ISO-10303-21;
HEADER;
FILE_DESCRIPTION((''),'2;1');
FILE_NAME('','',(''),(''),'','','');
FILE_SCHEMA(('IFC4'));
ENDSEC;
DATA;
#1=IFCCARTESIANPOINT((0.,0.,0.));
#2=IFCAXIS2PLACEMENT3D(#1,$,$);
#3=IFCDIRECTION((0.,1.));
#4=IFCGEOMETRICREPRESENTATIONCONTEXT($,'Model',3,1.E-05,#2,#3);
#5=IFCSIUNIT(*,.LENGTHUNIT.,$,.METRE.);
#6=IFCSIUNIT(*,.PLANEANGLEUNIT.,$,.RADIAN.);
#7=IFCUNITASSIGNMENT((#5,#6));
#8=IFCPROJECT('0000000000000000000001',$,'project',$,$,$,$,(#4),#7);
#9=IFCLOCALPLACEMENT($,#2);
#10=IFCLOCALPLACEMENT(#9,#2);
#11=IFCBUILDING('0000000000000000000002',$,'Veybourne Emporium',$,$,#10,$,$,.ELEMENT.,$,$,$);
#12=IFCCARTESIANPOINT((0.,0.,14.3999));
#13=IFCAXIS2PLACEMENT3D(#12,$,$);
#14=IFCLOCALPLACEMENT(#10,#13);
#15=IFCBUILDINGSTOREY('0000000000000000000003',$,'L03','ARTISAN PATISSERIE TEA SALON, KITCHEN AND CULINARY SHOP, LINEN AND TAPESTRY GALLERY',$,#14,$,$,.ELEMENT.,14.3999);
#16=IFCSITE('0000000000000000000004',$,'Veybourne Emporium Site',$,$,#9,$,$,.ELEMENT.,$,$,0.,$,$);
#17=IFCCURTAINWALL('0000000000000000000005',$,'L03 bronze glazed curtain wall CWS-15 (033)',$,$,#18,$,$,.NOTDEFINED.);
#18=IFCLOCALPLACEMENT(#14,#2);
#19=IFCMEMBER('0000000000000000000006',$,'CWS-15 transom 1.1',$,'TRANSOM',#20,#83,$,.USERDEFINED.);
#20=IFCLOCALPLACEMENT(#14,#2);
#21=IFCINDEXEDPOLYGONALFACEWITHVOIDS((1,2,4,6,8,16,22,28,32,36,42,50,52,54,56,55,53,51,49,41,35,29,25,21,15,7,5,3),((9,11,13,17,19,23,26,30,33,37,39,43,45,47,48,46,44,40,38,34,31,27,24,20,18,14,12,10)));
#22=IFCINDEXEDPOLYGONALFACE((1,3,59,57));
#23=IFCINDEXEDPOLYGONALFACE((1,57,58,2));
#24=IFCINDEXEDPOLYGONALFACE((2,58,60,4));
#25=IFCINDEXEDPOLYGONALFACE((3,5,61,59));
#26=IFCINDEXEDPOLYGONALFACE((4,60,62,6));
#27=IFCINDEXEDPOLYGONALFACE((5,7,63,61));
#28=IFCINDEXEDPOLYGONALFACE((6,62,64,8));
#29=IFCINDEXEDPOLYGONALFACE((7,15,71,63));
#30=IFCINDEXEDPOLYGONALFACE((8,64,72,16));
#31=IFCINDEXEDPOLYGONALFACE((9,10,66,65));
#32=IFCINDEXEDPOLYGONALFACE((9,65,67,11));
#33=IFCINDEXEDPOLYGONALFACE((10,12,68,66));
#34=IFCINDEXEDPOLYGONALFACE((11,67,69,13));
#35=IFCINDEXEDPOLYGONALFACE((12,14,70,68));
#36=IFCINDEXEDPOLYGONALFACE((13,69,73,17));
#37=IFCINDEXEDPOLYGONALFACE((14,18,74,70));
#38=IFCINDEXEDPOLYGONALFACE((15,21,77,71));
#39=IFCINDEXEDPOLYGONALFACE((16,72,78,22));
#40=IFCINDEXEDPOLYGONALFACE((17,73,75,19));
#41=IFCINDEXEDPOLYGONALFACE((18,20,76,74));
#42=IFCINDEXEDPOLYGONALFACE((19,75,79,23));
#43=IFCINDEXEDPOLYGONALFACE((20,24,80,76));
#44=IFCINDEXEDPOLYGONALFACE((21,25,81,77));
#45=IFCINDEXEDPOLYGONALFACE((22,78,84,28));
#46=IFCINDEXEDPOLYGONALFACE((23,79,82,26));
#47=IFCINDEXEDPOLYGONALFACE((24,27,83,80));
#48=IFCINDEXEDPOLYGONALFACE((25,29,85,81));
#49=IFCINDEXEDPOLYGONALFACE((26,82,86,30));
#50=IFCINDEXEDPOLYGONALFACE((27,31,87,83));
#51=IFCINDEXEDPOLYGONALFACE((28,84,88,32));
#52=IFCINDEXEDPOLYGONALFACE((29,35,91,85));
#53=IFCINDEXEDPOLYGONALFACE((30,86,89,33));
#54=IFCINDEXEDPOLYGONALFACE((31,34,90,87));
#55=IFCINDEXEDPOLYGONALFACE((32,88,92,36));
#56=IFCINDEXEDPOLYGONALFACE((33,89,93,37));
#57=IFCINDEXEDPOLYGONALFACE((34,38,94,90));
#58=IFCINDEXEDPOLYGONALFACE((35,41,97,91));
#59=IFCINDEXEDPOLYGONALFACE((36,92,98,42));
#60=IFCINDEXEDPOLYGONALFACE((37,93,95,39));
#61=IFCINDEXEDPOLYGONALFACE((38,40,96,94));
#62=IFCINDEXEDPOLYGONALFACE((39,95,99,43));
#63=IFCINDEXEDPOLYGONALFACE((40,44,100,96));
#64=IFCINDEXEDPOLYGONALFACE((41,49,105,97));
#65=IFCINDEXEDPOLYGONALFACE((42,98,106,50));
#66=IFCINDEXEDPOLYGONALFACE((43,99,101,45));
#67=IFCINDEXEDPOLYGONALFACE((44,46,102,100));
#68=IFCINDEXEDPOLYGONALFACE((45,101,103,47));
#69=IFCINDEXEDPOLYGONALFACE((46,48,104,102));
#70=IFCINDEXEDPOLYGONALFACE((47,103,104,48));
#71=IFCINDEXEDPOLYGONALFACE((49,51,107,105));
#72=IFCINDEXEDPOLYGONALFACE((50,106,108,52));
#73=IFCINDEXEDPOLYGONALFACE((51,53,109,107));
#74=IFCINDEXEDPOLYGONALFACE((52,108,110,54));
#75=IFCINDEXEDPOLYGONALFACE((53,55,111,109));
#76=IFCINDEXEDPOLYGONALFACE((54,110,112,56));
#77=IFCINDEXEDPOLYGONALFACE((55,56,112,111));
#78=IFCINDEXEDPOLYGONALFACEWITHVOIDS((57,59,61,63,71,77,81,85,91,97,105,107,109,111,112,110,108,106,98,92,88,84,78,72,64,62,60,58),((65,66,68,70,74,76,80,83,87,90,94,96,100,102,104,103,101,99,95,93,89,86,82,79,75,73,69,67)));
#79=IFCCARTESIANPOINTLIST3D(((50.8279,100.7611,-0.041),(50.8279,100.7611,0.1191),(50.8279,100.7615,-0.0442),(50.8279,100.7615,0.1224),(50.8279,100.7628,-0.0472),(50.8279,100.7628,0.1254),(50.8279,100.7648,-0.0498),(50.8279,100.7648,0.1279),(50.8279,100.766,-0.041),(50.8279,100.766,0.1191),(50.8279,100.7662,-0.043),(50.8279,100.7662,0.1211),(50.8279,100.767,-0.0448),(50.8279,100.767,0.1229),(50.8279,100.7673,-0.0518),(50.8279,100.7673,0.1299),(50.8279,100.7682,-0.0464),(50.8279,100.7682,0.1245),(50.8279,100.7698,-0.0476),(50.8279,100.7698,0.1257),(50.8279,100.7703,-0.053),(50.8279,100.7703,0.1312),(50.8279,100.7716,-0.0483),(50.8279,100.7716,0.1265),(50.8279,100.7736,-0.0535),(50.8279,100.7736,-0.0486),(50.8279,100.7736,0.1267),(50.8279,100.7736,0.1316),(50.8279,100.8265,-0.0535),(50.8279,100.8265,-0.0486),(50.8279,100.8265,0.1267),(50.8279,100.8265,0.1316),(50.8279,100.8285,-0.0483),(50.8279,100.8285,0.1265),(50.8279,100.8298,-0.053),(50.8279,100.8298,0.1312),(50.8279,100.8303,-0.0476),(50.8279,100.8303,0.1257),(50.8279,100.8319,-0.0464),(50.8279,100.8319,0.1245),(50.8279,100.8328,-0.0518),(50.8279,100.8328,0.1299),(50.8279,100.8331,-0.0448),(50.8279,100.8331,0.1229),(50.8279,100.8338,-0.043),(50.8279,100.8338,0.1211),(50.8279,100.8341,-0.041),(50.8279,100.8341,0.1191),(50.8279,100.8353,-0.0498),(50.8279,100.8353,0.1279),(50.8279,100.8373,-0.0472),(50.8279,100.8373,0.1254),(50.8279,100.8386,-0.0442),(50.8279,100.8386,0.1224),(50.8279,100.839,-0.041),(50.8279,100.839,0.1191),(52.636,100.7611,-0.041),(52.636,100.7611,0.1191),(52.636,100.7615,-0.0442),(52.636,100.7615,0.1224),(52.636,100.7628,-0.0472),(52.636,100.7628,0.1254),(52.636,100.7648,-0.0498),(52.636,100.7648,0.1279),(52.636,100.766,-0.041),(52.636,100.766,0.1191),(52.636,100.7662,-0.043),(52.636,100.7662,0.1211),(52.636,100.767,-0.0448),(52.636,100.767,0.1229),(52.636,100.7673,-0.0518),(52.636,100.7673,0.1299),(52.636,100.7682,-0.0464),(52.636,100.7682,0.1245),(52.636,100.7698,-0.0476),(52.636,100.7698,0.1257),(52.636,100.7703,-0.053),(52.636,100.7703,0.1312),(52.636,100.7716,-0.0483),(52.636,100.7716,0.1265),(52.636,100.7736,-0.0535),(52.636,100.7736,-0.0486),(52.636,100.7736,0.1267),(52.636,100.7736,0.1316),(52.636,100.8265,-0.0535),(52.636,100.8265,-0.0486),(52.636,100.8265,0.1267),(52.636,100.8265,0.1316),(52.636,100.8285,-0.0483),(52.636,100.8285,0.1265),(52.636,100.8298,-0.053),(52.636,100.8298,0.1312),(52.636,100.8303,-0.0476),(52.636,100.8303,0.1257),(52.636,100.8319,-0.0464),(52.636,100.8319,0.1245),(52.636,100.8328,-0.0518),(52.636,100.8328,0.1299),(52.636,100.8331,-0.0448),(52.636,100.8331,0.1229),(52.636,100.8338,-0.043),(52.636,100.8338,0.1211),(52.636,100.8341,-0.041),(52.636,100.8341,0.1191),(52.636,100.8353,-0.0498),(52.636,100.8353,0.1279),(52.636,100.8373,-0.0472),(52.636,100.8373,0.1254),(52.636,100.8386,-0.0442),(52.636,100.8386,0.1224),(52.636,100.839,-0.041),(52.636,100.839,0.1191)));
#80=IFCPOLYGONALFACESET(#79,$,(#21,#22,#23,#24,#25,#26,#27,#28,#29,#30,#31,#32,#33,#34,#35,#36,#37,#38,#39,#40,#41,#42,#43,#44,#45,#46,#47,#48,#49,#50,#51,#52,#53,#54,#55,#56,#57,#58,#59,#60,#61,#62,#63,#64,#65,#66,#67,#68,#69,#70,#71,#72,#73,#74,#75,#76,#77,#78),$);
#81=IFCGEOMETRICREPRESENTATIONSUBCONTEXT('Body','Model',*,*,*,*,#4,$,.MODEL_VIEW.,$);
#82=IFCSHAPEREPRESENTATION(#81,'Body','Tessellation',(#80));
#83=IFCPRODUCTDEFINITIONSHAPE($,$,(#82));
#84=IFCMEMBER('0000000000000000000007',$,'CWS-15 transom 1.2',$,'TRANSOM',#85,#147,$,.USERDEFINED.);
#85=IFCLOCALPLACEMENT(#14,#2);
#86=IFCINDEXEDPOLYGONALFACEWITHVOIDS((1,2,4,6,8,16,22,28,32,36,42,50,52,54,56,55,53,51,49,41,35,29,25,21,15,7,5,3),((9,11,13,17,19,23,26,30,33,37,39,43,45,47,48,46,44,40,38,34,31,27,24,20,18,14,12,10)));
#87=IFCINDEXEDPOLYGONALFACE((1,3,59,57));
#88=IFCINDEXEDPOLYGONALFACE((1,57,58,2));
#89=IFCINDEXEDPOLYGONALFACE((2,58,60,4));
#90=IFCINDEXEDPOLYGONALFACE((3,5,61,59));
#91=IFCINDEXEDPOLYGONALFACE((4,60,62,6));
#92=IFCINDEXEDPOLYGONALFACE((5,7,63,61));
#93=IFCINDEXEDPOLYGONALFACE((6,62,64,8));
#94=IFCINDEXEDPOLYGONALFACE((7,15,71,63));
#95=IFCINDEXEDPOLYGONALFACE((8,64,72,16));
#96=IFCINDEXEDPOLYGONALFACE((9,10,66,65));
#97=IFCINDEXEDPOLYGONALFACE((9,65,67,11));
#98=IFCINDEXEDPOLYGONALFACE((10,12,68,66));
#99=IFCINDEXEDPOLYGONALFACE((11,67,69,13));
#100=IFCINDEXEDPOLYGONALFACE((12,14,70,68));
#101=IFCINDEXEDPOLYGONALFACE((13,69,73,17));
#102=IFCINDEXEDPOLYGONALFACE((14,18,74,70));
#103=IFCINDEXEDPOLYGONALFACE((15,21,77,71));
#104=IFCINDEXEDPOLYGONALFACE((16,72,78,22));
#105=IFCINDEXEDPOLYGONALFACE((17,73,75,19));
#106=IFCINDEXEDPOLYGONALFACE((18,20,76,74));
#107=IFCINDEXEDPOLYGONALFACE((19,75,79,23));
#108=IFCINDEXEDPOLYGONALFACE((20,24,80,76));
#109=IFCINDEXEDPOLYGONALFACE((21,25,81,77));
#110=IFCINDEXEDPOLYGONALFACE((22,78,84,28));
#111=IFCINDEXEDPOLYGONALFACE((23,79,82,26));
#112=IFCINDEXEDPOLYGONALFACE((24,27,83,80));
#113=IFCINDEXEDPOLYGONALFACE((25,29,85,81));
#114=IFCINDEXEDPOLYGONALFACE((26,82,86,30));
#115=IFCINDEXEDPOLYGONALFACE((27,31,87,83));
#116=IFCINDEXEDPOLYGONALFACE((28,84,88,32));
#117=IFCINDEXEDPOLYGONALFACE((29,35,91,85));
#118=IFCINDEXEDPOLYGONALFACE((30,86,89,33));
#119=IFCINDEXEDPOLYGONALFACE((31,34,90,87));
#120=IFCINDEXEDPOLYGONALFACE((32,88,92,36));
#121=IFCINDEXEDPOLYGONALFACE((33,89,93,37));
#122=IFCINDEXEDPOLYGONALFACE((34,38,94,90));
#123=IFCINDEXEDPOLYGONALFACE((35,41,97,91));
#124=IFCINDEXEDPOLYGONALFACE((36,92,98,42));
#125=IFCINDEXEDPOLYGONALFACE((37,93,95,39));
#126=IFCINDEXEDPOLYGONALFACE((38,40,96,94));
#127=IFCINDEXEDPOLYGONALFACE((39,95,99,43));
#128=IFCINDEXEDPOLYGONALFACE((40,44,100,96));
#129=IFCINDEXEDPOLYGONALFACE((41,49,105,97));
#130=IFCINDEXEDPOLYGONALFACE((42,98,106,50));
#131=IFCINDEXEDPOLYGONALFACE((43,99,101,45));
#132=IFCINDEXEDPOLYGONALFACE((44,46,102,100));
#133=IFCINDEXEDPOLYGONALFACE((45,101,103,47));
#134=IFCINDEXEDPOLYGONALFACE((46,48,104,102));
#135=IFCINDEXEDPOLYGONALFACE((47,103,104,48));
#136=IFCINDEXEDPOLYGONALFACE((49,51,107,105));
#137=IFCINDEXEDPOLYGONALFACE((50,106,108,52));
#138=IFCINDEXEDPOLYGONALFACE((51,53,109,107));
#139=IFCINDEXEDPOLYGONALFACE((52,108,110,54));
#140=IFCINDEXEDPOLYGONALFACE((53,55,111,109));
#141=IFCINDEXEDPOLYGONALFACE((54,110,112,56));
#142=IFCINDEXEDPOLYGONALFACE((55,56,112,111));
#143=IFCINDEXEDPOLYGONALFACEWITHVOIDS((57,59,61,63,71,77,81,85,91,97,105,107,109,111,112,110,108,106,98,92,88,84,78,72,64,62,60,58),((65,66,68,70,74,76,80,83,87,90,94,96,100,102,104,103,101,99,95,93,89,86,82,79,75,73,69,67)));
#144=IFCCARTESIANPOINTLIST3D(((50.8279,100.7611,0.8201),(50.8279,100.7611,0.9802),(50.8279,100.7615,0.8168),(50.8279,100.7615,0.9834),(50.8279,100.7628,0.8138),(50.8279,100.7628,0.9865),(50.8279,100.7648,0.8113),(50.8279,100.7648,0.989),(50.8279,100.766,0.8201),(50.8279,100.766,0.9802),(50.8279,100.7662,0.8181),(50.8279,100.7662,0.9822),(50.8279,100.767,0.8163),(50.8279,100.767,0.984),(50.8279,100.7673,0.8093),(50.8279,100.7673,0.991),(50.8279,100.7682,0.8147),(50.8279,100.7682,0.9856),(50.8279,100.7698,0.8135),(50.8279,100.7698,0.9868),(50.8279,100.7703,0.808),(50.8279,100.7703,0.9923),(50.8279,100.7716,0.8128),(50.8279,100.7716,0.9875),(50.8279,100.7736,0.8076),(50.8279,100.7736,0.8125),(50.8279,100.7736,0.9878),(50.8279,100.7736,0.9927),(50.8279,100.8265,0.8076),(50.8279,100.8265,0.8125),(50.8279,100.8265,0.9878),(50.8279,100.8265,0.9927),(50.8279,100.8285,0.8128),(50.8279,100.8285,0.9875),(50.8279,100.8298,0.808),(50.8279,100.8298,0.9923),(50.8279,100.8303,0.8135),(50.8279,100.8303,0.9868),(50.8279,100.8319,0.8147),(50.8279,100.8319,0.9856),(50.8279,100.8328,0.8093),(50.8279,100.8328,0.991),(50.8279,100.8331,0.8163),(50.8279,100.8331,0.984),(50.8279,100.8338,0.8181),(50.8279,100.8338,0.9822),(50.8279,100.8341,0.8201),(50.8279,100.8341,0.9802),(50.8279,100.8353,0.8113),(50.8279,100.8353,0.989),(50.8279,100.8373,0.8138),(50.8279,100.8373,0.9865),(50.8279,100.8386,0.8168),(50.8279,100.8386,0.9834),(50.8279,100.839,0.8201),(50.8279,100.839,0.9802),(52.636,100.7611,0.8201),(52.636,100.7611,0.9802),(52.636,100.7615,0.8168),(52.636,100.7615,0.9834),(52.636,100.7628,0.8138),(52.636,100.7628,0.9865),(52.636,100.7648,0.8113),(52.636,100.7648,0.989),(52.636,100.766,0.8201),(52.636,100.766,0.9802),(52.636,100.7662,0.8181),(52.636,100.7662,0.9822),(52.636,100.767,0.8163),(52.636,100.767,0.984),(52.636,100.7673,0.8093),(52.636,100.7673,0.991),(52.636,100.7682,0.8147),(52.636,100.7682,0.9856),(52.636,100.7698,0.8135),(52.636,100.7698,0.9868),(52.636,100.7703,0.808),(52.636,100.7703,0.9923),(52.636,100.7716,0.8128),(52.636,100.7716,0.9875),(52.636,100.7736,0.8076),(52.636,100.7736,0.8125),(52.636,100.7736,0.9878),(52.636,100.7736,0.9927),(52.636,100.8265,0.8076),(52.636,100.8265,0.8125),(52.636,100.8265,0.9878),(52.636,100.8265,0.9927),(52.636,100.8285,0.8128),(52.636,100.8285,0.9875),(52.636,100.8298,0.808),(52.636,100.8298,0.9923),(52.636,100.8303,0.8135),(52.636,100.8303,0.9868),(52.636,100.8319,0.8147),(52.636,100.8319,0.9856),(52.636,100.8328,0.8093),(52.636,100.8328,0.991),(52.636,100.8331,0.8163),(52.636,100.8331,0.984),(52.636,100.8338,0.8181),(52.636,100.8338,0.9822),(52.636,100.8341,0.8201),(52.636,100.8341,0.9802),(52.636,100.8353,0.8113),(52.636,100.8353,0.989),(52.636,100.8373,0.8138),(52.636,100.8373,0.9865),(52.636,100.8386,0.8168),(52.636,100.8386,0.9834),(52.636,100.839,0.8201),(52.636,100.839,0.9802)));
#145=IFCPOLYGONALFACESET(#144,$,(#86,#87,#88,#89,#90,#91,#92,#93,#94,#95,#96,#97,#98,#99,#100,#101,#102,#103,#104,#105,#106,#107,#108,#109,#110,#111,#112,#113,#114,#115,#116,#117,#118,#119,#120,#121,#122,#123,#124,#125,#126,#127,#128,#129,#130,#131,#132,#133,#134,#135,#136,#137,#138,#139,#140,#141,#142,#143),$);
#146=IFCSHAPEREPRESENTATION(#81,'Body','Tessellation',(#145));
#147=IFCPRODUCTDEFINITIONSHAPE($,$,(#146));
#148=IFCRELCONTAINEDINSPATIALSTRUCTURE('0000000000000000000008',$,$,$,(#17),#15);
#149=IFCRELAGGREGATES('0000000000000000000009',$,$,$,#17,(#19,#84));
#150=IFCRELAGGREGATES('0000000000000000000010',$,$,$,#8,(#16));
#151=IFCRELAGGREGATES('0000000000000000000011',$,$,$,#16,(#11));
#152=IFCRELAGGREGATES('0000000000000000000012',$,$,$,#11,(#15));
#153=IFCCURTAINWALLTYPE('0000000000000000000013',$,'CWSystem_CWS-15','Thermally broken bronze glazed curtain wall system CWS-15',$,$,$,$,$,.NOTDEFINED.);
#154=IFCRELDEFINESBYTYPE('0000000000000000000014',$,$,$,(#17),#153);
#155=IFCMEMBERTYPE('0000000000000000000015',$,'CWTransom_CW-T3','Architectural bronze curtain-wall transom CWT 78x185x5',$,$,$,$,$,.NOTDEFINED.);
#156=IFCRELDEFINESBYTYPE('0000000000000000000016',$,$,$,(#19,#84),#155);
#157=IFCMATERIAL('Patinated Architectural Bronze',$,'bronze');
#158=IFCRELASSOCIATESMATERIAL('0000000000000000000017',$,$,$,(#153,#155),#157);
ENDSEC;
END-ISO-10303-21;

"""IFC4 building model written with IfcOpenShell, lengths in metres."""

from ifc_helpers import new_model, si_unit, direction, frame, origin, origin_2d, place, context, subcontext, project, spatial, hollow_rectangle, extrude, material, material_profile, profile_set, type_object, element, aggregate, save


model = new_model("IFC4")

# Units and contexts
model_context = context("Model", 3, precision=1e-05, world=origin(), true_north=direction((0.0, 1.0)))
body_context = subcontext(model_context, "Body", "Model", "MODEL_VIEW")
ifc_project = project(units=[si_unit("LENGTHUNIT", "METRE"), si_unit("PLANEANGLEUNIT", "RADIAN")], contexts=[model_context])

# Site, building, storey
site_placement = place(None, origin())
site = spatial("IfcSite", under=ifc_project, at=site_placement, Name="Veybourne Emporium Site", CompositionType="ELEMENT", RefElevation=0.0)
building_placement = place(site_placement, origin())
building = spatial("IfcBuilding", under=site, at=building_placement, Name="Veybourne Emporium", CompositionType="ELEMENT")
storey_placement = place(building_placement, frame((0.0, 0.0, 14.3999)))
storey = spatial("IfcBuildingStorey", under=building, at=storey_placement, Name="L03", Description="ARTISAN PATISSERIE TEA SALON, KITCHEN AND CULINARY SHOP, LINEN AND TAPESTRY GALLERY", CompositionType="ELEMENT", Elevation=14.3999)

# Curtain wall, members
ifc_material_1 = material(Name="Patinated Architectural Bronze", Category="bronze")
curtain_wall_type = type_object("IfcCurtainWallType", Name="CWSystem_CWS-15", Description="Thermally broken bronze glazed curtain wall system CWS-15", PredefinedType="NOTDEFINED", material=ifc_material_1)
curtain_wall_placement = place(storey_placement, origin())
curtain_wall = element("IfcCurtainWall", 1, at=curtain_wall_placement, inside=storey, type_object=curtain_wall_type, Name="L03 bronze glazed curtain wall CWS-15 (033)", PredefinedType="NOTDEFINED")
ifc_material_profile_1 = material_profile(ifc_material_1, hollow_rectangle(XDim=0.0779, YDim=0.1851, WallThickness=0.0049, InnerFilletRadius=0.0076, OuterFilletRadius=0.0125, at=origin_2d()), Name="CWT 78x185x5")
ifc_profile_set_1 = profile_set([ifc_material_profile_1], Name="Patinated Architectural Bronze")
member_type_1 = type_object("IfcMemberType", Name="CWTransom_CW-T3", Description="Architectural bronze curtain-wall transom CWT 78x185x5", PredefinedType="NOTDEFINED", material=ifc_profile_set_1)
member_1_placement = place(storey_placement, frame((50.8279, 100.8, 0.0391), z_axis=(1.0, 0.0, 0.0), x_axis=(0.0, 1.0, 0.0)))
member_1 = element("IfcMember", 2, at=member_1_placement, type_object=member_type_1, Name="CWS-15 transom 1.1", ObjectType="TRANSOM", PredefinedType="USERDEFINED", context=body_context, shape_type="SweptSolid", body=[
    extrude(hollow_rectangle(XDim=0.0779, YDim=0.1851, WallThickness=0.0049, InnerFilletRadius=0.0076, OuterFilletRadius=0.0125, at=origin_2d()), origin(), (0.0, 0.0, 1.0), 1.8081),
])
member_2_placement = place(storey_placement, frame((50.8279, 100.8, 0.9001), z_axis=(1.0, 0.0, 0.0), x_axis=(0.0, 1.0, 0.0)))
member_2 = element("IfcMember", 3, at=member_2_placement, type_object=member_type_1, Name="CWS-15 transom 1.2", ObjectType="TRANSOM", PredefinedType="USERDEFINED", context=body_context, shape_type="SweptSolid", body=[
    extrude(hollow_rectangle(XDim=0.0779, YDim=0.1851, WallThickness=0.0049, InnerFilletRadius=0.0076, OuterFilletRadius=0.0125, at=origin_2d()), origin(), (0.0, 0.0, 1.0), 1.8081),
])

aggregate(curtain_wall, [member_1, member_2])

save(model, "model.ifc")
